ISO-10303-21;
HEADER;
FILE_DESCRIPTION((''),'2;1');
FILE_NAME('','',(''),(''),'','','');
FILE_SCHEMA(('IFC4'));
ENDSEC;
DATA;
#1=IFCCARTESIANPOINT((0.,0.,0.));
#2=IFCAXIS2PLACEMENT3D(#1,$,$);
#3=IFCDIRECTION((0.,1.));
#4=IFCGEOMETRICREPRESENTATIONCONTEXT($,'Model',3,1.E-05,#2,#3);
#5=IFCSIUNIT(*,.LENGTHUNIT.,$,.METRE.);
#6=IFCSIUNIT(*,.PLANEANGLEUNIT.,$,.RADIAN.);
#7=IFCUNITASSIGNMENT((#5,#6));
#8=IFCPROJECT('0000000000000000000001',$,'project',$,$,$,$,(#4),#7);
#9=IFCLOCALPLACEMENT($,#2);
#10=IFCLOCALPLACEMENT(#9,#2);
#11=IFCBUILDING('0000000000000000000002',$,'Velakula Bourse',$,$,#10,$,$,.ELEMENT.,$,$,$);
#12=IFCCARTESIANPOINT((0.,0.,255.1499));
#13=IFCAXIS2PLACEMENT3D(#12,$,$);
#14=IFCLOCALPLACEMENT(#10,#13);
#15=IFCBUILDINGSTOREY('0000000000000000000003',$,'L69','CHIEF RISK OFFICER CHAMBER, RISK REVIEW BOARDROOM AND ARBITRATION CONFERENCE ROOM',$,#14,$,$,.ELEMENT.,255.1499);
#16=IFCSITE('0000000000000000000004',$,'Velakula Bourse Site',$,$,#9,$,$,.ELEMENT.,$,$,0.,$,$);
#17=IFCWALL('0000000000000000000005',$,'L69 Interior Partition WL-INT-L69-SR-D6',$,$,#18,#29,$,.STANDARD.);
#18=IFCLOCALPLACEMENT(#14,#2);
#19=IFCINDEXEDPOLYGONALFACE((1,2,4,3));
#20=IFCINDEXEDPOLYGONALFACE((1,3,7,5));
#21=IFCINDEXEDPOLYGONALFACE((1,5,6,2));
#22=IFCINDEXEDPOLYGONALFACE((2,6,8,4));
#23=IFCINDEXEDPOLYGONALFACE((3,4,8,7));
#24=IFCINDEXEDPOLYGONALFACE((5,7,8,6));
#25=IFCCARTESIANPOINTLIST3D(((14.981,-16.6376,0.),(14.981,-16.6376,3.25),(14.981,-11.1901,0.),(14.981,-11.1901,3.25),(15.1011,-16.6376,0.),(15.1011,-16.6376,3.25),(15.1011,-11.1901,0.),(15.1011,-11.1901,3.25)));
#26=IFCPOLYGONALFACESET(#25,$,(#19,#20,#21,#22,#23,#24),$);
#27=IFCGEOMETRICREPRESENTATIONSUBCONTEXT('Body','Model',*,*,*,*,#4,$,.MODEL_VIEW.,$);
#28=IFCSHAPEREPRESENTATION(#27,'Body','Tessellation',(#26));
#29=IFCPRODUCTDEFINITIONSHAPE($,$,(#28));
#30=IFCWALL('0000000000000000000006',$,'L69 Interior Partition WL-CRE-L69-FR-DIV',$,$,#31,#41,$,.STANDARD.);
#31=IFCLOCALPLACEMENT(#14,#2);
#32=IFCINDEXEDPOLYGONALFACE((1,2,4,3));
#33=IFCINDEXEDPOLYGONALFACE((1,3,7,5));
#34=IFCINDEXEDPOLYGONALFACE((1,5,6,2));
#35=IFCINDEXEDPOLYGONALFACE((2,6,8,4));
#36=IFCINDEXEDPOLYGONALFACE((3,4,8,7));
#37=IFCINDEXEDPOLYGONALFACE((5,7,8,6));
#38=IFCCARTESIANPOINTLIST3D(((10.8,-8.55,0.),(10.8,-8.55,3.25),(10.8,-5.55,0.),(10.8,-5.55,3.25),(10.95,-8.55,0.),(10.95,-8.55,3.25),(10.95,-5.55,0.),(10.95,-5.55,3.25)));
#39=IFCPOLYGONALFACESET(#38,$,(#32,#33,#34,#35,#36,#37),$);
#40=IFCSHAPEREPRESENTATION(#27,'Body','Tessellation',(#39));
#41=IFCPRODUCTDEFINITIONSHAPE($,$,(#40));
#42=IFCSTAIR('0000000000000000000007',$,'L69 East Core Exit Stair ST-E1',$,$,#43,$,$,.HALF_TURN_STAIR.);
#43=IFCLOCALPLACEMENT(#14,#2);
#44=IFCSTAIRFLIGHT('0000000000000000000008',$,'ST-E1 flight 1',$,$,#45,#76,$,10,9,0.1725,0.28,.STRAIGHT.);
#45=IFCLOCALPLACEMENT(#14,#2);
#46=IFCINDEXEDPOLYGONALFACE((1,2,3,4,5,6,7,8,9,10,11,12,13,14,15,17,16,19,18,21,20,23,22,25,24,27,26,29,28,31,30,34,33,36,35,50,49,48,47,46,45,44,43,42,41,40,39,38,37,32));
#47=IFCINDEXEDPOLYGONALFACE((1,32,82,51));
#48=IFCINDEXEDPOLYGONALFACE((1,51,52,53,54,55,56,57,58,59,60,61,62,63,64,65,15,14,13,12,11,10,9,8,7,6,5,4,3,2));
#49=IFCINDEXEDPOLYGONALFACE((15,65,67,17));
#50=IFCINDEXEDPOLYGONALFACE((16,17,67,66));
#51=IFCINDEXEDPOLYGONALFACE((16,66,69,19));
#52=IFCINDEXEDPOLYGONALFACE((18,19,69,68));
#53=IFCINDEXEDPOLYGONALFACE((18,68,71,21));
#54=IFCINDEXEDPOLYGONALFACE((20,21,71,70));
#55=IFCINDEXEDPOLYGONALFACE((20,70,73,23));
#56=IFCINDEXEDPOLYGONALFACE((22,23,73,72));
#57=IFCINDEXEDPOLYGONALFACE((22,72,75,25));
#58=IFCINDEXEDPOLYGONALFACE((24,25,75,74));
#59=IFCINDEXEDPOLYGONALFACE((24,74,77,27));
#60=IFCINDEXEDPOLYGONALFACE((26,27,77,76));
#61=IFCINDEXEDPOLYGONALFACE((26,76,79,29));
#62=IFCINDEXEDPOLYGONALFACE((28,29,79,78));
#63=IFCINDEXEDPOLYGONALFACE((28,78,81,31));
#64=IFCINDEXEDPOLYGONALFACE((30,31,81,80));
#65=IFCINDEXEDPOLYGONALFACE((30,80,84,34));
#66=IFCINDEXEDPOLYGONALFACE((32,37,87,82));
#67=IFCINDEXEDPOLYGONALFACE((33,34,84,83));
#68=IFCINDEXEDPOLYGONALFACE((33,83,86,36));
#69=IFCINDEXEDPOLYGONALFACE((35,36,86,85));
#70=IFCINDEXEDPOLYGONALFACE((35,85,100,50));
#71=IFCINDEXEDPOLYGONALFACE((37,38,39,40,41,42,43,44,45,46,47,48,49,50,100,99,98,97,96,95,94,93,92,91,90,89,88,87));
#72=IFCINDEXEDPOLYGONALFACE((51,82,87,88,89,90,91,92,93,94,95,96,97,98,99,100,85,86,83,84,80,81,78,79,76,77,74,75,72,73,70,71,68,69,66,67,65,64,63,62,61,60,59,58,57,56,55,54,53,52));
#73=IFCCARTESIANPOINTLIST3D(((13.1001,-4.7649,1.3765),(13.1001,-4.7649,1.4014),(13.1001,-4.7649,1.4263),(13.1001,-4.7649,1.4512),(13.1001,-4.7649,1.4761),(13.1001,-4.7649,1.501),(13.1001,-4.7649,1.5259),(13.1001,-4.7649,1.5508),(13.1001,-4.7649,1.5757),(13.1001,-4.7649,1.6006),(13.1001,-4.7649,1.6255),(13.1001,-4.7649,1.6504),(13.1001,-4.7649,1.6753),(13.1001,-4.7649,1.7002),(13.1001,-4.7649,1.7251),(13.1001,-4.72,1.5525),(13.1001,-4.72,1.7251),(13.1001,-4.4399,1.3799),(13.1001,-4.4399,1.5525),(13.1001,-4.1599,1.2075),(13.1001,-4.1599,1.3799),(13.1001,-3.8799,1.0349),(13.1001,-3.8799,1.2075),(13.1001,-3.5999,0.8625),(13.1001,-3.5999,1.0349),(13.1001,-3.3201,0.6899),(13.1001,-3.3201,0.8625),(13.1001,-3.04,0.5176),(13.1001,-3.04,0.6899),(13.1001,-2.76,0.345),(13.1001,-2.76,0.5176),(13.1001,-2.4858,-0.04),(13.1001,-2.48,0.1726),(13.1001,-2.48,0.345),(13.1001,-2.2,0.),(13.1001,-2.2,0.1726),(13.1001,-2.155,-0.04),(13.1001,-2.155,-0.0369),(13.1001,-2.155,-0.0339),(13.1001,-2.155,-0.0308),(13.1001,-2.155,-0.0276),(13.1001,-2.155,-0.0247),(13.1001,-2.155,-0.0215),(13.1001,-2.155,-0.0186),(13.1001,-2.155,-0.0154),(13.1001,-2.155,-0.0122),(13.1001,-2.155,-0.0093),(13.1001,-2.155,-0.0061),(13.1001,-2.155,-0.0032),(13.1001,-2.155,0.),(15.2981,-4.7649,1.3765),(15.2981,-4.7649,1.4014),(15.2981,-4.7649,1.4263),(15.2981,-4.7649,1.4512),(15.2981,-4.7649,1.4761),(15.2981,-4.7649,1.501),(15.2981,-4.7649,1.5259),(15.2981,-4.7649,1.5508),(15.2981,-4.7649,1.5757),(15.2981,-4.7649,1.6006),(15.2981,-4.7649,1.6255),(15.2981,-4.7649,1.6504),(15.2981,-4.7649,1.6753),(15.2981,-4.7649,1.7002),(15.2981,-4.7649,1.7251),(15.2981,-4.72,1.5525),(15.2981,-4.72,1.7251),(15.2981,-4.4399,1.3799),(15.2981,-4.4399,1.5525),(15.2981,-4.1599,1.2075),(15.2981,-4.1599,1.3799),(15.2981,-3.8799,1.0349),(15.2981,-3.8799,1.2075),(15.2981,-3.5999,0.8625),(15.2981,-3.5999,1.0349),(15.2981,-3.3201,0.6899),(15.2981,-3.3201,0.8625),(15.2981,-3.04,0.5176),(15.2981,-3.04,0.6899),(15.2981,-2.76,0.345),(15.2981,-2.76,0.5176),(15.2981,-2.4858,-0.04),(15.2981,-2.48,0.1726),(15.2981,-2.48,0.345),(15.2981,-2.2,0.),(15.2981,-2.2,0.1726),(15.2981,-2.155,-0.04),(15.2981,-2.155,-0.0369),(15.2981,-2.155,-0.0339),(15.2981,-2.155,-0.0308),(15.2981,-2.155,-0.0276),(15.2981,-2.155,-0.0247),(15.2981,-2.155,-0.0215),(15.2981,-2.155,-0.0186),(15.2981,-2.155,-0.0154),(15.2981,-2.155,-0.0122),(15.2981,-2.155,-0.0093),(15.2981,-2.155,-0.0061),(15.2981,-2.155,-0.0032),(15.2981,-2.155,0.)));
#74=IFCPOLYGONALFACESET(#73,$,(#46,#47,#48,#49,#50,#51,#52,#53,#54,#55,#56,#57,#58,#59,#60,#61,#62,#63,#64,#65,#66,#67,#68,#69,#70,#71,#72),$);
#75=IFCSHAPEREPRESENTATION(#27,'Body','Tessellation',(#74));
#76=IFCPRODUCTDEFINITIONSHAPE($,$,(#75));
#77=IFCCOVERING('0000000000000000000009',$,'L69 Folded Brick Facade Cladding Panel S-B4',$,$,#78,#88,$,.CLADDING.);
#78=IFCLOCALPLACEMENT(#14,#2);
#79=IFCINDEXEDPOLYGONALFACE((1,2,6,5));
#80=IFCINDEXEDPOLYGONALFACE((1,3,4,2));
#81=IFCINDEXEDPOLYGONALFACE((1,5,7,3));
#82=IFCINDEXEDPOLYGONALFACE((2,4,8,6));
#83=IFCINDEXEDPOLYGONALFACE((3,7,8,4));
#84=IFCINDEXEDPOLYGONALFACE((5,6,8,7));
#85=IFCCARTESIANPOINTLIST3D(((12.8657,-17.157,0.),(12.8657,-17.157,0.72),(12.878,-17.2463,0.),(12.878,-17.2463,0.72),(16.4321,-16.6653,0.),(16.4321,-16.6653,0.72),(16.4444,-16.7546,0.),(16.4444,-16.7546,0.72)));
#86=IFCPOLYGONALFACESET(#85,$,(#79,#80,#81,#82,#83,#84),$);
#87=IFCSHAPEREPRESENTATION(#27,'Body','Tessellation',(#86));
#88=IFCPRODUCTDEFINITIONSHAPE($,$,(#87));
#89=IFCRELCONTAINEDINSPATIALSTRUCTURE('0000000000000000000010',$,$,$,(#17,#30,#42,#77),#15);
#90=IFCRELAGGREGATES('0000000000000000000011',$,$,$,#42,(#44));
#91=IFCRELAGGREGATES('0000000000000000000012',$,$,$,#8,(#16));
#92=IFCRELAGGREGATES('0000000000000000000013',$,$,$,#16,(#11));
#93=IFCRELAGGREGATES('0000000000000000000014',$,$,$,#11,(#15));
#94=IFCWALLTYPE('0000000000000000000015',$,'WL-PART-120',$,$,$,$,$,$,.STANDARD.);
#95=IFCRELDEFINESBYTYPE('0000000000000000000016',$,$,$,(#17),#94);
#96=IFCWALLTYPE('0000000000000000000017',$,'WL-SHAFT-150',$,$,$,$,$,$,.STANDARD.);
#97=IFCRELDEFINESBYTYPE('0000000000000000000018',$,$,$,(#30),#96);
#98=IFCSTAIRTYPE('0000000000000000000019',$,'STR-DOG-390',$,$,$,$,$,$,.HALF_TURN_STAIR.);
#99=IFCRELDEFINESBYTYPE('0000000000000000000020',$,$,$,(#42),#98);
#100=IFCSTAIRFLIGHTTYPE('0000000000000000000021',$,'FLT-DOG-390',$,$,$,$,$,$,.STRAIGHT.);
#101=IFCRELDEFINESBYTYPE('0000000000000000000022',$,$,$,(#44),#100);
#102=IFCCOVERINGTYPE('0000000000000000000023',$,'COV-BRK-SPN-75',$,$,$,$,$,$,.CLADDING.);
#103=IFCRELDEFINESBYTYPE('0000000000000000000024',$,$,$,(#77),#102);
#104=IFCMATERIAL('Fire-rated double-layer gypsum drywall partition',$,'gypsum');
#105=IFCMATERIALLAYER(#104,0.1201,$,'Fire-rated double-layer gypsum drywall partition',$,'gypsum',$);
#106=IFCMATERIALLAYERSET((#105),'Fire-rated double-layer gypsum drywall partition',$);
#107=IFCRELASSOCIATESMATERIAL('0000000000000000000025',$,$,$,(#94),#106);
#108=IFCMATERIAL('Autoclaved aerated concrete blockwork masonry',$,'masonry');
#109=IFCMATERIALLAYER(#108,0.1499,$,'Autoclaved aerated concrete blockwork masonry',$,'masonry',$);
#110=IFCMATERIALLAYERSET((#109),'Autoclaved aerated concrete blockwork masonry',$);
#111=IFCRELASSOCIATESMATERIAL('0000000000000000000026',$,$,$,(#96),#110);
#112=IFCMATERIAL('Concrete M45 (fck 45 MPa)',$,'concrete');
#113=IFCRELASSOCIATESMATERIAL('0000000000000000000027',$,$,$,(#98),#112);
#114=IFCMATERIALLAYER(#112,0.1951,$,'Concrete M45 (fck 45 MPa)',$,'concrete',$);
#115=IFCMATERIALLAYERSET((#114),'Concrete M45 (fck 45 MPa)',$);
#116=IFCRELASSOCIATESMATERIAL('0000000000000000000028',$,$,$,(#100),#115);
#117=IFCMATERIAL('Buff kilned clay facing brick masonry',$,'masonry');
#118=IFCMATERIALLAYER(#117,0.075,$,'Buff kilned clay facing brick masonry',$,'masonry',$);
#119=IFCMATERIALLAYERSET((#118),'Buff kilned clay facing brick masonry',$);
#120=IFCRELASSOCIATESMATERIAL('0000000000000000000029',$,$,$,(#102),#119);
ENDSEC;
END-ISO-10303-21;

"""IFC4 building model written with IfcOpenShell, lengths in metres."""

from ifc_helpers import new_model, si_unit, direction, frame, frame_2d, origin, origin_2d, place, context, subcontext, project, spatial, polyline, rectangle, outline, extrude, material, layer, layer_set, type_object, element, aggregate, save


model = new_model("IFC4")

# Units and contexts
model_context = context("Model", 3, precision=1e-05, world=origin(), true_north=direction((0.0, 1.0)))
body_context = subcontext(model_context, "Body", "Model", "MODEL_VIEW")
ifc_project = project(units=[si_unit("LENGTHUNIT", "METRE"), si_unit("PLANEANGLEUNIT", "RADIAN")], contexts=[model_context])

# Site, building, storey
site_placement = place(None, origin())
site = spatial("IfcSite", under=ifc_project, at=site_placement, Name="Velakula Bourse Site", CompositionType="ELEMENT", RefElevation=0.0)
building_placement = place(site_placement, origin())
building = spatial("IfcBuilding", under=site, at=building_placement, Name="Velakula Bourse", CompositionType="ELEMENT")
storey_placement = place(building_placement, frame((0.0, 0.0, 255.1499)))
storey = spatial("IfcBuildingStorey", under=building, at=storey_placement, Name="L69", Description="CHIEF RISK OFFICER CHAMBER, RISK REVIEW BOARDROOM AND ARBITRATION CONFERENCE ROOM", CompositionType="ELEMENT", Elevation=255.1499)

# Shared definitions
ifc_material_1 = material(Name="Buff kilned clay facing brick masonry", Category="masonry")

# Wall
ifc_material_2 = material(Name="Fire-rated double-layer gypsum drywall partition", Category="gypsum")
ifc_layer_1 = layer(ifc_material_2, 0.1201, Name="Fire-rated double-layer gypsum drywall partition", Category="gypsum")
ifc_layer_set_1 = layer_set([ifc_layer_1], Name="Fire-rated double-layer gypsum drywall partition")
wall_type_1 = type_object("IfcWallType", Name="WL-PART-120", PredefinedType="STANDARD", material=ifc_layer_set_1)
wall_1_placement = place(storey_placement, frame((15.041, -16.6375, 0.0), z_axis=(0.0, 0.0, 1.0), x_axis=(0.0, 1.0, 0.0)))
element("IfcWall", 1, at=wall_1_placement, inside=storey, type_object=wall_type_1, Name="L69 Interior Partition WL-INT-L69-SR-D6", PredefinedType="STANDARD", context=body_context, shape_type="SweptSolid", body=[
    extrude(rectangle(XDim=5.4475, YDim=0.1201, at=frame_2d((2.7236, 0.0))), origin(), (0.0, 0.0, 1.0), 3.25),
])

# Shared definitions
ifc_material_3 = material(Name="Autoclaved aerated concrete blockwork masonry", Category="masonry")
ifc_layer_2 = layer(ifc_material_3, 0.1499, Name="Autoclaved aerated concrete blockwork masonry", Category="masonry")
ifc_layer_set_2 = layer_set([ifc_layer_2], Name="Autoclaved aerated concrete blockwork masonry")
wall_type_2 = type_object("IfcWallType", Name="WL-SHAFT-150", PredefinedType="STANDARD", material=ifc_layer_set_2)

# Wall
wall_2_placement = place(storey_placement, frame((10.875, -8.55, 0.0), z_axis=(0.0, 0.0, 1.0), x_axis=(0.0, 1.0, 0.0)))
element("IfcWall", 2, at=wall_2_placement, inside=storey, type_object=wall_type_2, Name="L69 Interior Partition WL-CRE-L69-FR-DIV", PredefinedType="STANDARD", context=body_context, shape_type="SweptSolid", body=[
    extrude(rectangle(XDim=3.0, YDim=0.1499, at=frame_2d((1.5, 0.0))), origin(), (0.0, 0.0, 1.0), 3.25),
])

# Stair, stair flight
ifc_material_4 = material(Name="Concrete M45 (fck 45 MPa)", Category="concrete")
stair_type = type_object("IfcStairType", Name="STR-DOG-390", PredefinedType="HALF_TURN_STAIR", material=ifc_material_4)
stair_placement = place(storey_placement, origin())
stair = element("IfcStair", 3, at=stair_placement, inside=storey, type_object=stair_type, Name="L69 East Core Exit Stair ST-E1", PredefinedType="HALF_TURN_STAIR")
ifc_layer_3 = layer(ifc_material_4, 0.1951, Name="Concrete M45 (fck 45 MPa)", Category="concrete")
ifc_layer_set_3 = layer_set([ifc_layer_3], Name="Concrete M45 (fck 45 MPa)")
stair_flight_type = type_object("IfcStairFlightType", Name="FLT-DOG-390", PredefinedType="STRAIGHT", material=ifc_layer_set_3)
stair_flight_placement = place(storey_placement, frame((14.199, -2.2, 0.0), z_axis=(0.0, 0.0, 1.0), x_axis=(0.0, -1.0, 0.0)))
stair_flight = element("IfcStairFlight", 4, at=stair_flight_placement, type_object=stair_flight_type, Name="ST-E1 flight 1", NumberOfRisers=10, NumberOfTreads=9, PredefinedType="STRAIGHT", RiserHeight=0.1725, TreadLength=0.28, context=body_context, shape_type="SweptSolid", body=[
    extrude(outline(polyline([(-0.0449, -0.04), (-0.0449, -0.0369), (-0.0449, -0.0339), (-0.0449, -0.0308), (-0.0449, -0.0276), (-0.0449, -0.0247), (-0.0449, -0.0215), (-0.0449, -0.0186), (-0.0449, -0.0154), (-0.0449, -0.0122), (-0.0449, -0.0093), (-0.0449, -0.0061), (-0.0449, -0.0032), (-0.0449, 0.0), (0.0, 0.0), (0.0, 0.1726), (0.28, 0.1726), (0.28, 0.345), (0.5601, 0.345), (0.5601, 0.5176), (0.8401, 0.5176), (0.8401, 0.6899), (1.1201, 0.6899), (1.1201, 0.8625), (1.3999, 0.8625), (1.3999, 1.0349), (1.6799, 1.0349), (1.6799, 1.2075), (1.96, 1.2075), (1.96, 1.3799), (2.24, 1.3799), (2.24, 1.5525), (2.52, 1.5525), (2.52, 1.7251), (2.5649, 1.7251), (2.5649, 1.7002), (2.5649, 1.6753), (2.5649, 1.6504), (2.5649, 1.6255), (2.5649, 1.6006), (2.5649, 1.5757), (2.5649, 1.5508), (2.5649, 1.5259), (2.5649, 1.501), (2.5649, 1.4761), (2.5649, 1.4512), (2.5649, 1.4263), (2.5649, 1.4014), (2.5649, 1.3765), (0.2859, -0.04), (-0.0449, -0.04)])), frame((0.0, 1.0991, 0.0), z_axis=(0.0, -1.0, 0.0), x_axis=(1.0, 0.0, 0.0)), (0.0, 0.0, 1.0), 2.198),
])
aggregate(stair, [stair_flight])

# Covering
ifc_layer_4 = layer(ifc_material_1, 0.075, Name="Buff kilned clay facing brick masonry", Category="masonry")
ifc_layer_set_4 = layer_set([ifc_layer_4], Name="Buff kilned clay facing brick masonry")
covering_type = type_object("IfcCoveringType", Name="COV-BRK-SPN-75", PredefinedType="CLADDING", material=ifc_layer_set_4)
covering_placement = place(storey_placement, frame((14.655, -16.9558, 0.0), z_axis=(0.0, 0.0, 1.0), x_axis=(0.990629, 0.13658, 0.0)))
element("IfcCovering", 5, at=covering_placement, inside=storey, type_object=covering_type, Name="L69 Folded Brick Facade Cladding Panel S-B4", PredefinedType="CLADDING", context=body_context, shape_type="SweptSolid", body=[
    extrude(rectangle(XDim=3.6001, YDim=0.0901, at=origin_2d()), origin(), (0.0, 0.0, 1.0), 0.72),
])

save(model, "model.ifc")
